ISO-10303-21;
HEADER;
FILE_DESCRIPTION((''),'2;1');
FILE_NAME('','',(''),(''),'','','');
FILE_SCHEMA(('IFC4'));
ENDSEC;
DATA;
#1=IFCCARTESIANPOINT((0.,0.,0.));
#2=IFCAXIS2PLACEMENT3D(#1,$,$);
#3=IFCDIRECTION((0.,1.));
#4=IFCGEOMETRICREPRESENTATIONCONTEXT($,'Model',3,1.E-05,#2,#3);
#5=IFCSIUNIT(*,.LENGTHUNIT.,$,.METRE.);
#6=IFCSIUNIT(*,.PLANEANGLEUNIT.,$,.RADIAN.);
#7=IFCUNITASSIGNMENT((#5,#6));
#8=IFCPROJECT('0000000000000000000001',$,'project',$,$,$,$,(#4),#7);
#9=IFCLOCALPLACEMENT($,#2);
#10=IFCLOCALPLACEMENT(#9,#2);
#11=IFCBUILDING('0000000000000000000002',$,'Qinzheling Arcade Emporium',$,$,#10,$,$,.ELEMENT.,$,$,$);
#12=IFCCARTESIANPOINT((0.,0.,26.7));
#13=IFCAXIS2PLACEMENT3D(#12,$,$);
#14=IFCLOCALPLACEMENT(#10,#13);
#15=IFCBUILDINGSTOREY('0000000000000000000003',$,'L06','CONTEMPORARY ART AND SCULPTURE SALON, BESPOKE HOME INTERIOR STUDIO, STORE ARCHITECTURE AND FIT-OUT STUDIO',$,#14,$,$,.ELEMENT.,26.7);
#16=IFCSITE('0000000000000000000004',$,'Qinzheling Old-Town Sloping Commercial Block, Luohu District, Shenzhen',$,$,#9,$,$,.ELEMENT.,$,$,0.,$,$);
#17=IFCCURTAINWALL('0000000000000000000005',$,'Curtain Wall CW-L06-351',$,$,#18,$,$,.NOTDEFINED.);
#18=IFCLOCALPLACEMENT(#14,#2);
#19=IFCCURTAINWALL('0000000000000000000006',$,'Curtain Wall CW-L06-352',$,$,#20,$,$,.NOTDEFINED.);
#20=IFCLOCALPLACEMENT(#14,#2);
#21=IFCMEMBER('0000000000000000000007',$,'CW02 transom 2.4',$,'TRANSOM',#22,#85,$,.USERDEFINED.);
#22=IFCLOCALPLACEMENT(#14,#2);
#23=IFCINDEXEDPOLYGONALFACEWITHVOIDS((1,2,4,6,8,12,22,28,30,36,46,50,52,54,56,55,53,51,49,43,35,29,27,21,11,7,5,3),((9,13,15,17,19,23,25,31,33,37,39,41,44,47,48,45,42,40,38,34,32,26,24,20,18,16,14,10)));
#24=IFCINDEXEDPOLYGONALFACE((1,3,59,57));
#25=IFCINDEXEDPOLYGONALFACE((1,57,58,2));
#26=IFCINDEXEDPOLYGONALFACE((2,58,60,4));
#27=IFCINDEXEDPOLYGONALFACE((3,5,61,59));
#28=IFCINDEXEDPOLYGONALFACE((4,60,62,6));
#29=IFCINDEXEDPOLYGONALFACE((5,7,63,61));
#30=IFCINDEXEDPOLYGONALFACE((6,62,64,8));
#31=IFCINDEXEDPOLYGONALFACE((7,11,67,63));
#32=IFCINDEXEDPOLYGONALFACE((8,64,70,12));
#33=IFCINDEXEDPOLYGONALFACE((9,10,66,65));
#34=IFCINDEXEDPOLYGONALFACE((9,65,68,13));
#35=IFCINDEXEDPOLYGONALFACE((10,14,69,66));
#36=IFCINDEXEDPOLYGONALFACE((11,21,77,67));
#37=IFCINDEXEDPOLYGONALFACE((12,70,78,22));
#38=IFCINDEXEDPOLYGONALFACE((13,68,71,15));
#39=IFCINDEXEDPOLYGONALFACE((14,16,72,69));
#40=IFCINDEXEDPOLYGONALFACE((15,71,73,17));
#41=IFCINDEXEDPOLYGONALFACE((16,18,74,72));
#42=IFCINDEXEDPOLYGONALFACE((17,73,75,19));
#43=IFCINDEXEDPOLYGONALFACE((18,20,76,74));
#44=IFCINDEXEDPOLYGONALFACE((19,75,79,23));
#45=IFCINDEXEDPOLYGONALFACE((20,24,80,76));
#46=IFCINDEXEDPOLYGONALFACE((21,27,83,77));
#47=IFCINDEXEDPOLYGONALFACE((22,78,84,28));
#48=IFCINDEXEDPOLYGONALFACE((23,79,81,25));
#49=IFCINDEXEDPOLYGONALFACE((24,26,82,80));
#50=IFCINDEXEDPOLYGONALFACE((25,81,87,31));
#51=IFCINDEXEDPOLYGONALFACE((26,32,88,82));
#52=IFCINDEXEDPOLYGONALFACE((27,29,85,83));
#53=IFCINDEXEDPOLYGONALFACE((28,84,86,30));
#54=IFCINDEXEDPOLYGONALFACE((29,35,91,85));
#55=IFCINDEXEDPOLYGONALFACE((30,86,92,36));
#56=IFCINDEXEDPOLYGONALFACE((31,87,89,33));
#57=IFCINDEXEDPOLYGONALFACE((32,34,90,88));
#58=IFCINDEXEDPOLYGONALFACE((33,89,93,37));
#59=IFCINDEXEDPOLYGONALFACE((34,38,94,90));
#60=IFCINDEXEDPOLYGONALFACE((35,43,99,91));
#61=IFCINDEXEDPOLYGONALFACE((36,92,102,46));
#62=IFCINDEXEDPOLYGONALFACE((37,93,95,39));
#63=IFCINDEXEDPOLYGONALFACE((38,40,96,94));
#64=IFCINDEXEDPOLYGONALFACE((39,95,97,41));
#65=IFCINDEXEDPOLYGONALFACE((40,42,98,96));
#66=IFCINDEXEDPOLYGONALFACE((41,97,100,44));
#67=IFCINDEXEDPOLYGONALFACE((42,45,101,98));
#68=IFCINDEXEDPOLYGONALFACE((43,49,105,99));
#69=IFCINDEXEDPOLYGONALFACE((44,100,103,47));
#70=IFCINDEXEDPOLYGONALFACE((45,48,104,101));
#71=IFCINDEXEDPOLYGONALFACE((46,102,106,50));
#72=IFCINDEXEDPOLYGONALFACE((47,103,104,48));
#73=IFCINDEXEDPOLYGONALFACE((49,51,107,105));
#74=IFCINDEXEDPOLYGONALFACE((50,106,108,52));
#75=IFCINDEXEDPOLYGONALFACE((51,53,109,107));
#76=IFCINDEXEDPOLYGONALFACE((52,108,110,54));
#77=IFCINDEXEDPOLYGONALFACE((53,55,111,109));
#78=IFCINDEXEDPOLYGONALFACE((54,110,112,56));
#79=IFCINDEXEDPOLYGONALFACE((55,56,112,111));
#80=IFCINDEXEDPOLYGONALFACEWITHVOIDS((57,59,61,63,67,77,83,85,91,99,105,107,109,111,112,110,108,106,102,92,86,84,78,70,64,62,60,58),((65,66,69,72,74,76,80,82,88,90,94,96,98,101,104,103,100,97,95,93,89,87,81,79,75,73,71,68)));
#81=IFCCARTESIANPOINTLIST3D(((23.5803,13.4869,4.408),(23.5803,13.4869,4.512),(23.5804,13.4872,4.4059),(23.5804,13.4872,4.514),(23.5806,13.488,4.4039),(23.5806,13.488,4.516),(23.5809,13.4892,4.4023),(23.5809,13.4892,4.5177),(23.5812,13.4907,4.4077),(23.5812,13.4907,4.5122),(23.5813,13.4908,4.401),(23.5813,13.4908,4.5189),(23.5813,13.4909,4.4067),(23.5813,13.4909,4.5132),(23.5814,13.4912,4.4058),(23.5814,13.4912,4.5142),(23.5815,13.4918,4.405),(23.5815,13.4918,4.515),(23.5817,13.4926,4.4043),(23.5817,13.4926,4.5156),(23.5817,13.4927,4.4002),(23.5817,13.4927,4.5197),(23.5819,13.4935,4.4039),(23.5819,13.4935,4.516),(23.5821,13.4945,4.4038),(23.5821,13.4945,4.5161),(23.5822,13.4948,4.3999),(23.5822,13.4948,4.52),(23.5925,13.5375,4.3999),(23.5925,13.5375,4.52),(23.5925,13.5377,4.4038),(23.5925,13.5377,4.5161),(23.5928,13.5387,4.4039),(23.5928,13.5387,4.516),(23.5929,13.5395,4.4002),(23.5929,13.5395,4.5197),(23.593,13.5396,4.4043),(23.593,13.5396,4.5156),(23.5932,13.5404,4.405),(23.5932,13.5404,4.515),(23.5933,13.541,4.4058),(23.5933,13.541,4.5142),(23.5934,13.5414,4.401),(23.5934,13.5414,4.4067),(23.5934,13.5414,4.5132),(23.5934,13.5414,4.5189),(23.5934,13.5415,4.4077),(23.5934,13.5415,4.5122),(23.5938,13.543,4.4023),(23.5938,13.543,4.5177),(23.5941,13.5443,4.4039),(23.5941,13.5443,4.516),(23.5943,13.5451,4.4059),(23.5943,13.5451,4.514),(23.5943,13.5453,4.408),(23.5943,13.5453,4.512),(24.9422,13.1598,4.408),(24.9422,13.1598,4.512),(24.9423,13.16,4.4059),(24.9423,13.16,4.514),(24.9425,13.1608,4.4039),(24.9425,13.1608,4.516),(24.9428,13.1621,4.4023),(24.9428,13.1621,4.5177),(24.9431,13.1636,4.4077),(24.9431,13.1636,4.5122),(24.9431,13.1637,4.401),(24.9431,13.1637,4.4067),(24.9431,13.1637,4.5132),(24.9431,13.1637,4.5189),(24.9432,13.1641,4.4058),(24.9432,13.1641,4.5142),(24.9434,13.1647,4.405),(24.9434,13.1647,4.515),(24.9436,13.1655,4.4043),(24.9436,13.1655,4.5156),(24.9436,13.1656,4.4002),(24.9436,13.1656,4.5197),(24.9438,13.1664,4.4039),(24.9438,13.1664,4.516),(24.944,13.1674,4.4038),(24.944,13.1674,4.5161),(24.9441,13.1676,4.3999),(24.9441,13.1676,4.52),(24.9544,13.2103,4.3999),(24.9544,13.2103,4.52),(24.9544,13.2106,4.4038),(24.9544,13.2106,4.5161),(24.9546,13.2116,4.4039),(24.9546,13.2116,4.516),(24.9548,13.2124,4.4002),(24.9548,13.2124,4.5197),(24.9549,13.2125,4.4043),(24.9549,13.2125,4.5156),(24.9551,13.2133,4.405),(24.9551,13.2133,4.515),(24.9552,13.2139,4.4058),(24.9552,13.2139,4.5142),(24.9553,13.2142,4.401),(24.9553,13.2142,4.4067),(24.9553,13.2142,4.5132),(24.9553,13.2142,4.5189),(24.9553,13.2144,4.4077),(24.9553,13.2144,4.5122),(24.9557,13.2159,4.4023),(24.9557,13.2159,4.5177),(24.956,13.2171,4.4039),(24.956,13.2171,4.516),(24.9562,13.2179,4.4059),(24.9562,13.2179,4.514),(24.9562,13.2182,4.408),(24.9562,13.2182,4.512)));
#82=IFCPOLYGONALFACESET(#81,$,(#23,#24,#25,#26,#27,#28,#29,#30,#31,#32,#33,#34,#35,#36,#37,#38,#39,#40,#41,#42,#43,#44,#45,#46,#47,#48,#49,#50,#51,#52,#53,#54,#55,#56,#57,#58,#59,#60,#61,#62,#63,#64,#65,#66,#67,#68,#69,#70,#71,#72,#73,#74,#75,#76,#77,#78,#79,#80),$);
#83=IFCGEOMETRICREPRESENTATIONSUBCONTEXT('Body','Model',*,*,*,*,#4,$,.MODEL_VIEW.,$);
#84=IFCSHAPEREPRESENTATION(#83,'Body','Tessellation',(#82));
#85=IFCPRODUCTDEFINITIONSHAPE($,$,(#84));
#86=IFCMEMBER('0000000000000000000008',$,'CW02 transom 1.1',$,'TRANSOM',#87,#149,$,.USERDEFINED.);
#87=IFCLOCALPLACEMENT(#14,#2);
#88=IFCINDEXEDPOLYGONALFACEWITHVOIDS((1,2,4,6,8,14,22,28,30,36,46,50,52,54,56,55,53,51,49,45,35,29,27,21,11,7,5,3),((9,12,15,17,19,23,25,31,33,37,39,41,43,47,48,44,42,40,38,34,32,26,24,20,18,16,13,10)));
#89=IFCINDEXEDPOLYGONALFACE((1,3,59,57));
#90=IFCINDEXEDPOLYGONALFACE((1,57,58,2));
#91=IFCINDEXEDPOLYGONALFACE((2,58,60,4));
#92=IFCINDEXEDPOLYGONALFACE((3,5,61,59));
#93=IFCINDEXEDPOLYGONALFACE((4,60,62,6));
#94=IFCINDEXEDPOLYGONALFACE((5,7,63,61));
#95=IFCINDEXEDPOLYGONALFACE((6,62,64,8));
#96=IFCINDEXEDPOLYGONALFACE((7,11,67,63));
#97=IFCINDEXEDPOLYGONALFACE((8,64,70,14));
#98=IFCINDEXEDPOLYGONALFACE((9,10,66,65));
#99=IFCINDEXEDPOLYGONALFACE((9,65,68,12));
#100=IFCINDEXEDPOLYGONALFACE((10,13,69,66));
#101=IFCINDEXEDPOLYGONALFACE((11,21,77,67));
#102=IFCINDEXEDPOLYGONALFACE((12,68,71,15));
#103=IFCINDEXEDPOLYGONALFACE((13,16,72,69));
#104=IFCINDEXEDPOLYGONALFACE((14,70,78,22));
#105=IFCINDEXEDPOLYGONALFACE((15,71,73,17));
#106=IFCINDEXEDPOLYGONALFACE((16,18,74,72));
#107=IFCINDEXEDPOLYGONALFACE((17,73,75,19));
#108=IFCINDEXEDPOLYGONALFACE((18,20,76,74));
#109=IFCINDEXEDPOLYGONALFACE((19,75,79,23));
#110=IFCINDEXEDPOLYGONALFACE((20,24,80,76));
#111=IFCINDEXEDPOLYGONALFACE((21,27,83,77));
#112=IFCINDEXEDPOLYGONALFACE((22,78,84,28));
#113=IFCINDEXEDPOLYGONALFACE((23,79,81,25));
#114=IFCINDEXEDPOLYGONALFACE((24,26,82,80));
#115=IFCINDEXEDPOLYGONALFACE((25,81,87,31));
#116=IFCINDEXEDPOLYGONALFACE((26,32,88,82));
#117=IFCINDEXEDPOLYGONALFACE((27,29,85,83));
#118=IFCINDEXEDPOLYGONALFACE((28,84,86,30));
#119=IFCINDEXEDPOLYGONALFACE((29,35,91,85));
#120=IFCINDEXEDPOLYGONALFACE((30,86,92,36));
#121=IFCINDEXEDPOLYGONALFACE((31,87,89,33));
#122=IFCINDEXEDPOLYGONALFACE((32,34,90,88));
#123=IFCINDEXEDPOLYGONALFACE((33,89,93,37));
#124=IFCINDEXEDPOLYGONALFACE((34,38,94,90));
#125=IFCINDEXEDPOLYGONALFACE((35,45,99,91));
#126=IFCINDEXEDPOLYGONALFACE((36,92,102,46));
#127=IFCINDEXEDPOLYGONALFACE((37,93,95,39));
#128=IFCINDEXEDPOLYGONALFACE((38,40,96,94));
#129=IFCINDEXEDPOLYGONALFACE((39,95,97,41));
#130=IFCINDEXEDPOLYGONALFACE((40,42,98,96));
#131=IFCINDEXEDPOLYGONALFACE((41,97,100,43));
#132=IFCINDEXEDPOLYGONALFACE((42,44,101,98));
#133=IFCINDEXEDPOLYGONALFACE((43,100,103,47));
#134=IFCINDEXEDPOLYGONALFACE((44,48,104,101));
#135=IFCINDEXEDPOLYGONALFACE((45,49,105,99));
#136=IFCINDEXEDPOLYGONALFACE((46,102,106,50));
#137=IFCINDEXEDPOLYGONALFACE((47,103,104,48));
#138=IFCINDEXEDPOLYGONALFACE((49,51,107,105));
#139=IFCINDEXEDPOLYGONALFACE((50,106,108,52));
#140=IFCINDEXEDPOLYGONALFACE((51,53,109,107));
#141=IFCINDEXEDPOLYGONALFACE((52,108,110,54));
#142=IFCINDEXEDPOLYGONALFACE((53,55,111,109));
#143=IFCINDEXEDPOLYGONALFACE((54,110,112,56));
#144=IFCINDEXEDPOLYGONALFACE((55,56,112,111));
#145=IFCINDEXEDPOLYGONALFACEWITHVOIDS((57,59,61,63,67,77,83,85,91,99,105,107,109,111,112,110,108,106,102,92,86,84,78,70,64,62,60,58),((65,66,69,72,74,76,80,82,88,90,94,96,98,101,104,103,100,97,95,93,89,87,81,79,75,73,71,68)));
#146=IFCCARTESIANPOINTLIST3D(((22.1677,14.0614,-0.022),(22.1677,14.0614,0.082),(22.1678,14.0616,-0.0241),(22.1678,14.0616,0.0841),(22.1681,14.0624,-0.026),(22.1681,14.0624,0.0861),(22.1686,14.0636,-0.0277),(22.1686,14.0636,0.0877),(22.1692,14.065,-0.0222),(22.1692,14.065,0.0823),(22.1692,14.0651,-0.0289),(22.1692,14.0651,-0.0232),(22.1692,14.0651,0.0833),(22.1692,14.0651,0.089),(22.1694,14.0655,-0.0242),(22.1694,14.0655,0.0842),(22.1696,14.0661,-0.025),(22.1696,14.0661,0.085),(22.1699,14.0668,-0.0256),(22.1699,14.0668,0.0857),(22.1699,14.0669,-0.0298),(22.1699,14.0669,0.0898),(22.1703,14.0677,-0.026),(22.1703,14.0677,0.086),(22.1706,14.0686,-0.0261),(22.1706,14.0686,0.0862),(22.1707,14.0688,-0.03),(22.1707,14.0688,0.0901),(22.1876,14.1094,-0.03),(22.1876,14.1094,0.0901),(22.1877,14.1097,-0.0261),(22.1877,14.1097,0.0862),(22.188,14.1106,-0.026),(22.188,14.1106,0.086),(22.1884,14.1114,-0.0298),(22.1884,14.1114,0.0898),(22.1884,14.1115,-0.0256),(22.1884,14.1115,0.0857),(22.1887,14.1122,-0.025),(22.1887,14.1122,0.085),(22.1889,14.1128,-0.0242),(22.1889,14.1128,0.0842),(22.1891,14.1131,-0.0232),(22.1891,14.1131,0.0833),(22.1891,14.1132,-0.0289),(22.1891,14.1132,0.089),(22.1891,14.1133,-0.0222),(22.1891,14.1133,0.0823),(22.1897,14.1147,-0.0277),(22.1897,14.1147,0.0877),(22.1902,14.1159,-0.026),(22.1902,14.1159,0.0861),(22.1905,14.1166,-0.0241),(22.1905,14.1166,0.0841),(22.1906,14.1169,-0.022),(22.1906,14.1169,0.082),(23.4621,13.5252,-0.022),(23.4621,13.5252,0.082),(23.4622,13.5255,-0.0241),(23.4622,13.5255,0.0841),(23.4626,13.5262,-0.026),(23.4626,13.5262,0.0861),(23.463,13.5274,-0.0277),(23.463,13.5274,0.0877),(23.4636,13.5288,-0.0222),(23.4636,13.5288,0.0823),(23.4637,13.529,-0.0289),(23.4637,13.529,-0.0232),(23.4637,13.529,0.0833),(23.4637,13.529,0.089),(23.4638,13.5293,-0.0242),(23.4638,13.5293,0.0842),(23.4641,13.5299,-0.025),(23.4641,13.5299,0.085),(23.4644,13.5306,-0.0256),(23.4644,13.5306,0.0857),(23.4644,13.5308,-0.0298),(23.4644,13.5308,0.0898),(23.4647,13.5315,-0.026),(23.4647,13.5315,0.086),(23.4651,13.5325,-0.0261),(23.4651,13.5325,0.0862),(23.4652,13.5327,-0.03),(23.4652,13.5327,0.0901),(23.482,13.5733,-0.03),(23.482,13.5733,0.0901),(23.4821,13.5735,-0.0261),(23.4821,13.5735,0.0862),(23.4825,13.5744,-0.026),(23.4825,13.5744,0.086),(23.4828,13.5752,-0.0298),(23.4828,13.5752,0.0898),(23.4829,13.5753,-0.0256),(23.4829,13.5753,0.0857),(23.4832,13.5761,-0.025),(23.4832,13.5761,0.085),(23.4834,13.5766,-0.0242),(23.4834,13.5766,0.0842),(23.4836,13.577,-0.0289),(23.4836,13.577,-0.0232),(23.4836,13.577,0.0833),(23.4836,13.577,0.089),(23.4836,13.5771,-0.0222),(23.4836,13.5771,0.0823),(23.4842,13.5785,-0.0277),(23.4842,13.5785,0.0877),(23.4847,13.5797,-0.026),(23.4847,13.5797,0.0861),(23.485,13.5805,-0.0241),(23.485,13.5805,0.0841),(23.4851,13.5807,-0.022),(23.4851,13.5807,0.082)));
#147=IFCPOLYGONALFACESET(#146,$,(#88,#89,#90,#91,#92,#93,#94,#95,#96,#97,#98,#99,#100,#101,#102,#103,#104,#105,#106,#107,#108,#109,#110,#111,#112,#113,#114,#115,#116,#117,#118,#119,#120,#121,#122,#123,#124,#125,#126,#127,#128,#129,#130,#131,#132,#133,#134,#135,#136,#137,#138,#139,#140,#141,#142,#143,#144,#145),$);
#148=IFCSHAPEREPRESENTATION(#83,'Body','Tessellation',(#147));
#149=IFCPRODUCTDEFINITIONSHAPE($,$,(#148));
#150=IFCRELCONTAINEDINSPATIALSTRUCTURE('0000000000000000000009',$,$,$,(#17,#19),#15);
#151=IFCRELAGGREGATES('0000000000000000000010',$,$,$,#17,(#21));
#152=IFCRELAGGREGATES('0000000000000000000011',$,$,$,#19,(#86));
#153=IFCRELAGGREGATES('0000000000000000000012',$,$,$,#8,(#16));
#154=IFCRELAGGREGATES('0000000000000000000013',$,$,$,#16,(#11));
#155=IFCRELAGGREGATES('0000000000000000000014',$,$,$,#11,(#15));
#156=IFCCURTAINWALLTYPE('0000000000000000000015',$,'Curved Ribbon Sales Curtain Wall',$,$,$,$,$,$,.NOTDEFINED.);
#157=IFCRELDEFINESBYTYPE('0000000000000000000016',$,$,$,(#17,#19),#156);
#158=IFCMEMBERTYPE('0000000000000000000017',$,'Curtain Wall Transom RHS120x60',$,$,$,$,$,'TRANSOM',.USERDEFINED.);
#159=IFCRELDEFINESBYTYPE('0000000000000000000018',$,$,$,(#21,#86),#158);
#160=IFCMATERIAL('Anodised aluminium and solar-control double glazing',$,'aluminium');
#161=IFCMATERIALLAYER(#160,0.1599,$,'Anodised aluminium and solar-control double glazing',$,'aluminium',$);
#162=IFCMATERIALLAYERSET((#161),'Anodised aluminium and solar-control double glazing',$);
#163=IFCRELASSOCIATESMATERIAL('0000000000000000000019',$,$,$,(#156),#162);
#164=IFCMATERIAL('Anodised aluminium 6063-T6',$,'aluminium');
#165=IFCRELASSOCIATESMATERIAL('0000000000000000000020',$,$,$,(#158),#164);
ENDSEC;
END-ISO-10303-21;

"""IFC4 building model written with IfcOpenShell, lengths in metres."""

from ifc_helpers import new_model, si_unit, direction, frame, origin, origin_2d, place, context, subcontext, project, spatial, hollow_rectangle, extrude, material, layer, layer_set, material_profile, profile_set, type_object, element, aggregate, save


model = new_model("IFC4")

# Units and contexts
model_context = context("Model", 3, precision=1e-05, world=origin(), true_north=direction((0.0, 1.0)))
body_context = subcontext(model_context, "Body", "Model", "MODEL_VIEW")
ifc_project = project(units=[si_unit("LENGTHUNIT", "METRE"), si_unit("PLANEANGLEUNIT", "RADIAN")], contexts=[model_context])

# Site, building, storey
site_placement = place(None, origin())
site = spatial("IfcSite", under=ifc_project, at=site_placement, Name="Qinzheling Old-Town Sloping Commercial Block, Luohu District, Shenzhen", CompositionType="ELEMENT", RefElevation=0.0)
building_placement = place(site_placement, origin())
building = spatial("IfcBuilding", under=site, at=building_placement, Name="Qinzheling Arcade Emporium", CompositionType="ELEMENT")
storey_placement = place(building_placement, frame((0.0, 0.0, 26.7)))
storey = spatial("IfcBuildingStorey", under=building, at=storey_placement, Name="L06", Description="CONTEMPORARY ART AND SCULPTURE SALON, BESPOKE HOME INTERIOR STUDIO, STORE ARCHITECTURE AND FIT-OUT STUDIO", CompositionType="ELEMENT", Elevation=26.7)

# Curtain wall
ifc_material_1 = material(Name="Anodised aluminium and solar-control double glazing", Category="aluminium")
ifc_layer_1 = layer(ifc_material_1, 0.1599, Name="Anodised aluminium and solar-control double glazing", Category="aluminium")
ifc_layer_set_1 = layer_set([ifc_layer_1], Name="Anodised aluminium and solar-control double glazing")
curtain_wall_type = type_object("IfcCurtainWallType", Name="Curved Ribbon Sales Curtain Wall", PredefinedType="NOTDEFINED", material=ifc_layer_set_1)
curtain_wall_1_placement = place(storey_placement, origin())
curtain_wall_1 = element("IfcCurtainWall", 1, at=curtain_wall_1_placement, inside=storey, type_object=curtain_wall_type, Name="Curtain Wall CW-L06-351", PredefinedType="NOTDEFINED")
ifc_material_2 = material(Name="Anodised aluminium 6063-T6", Category="aluminium")

# Curtain wall
curtain_wall_2_placement = place(storey_placement, origin())
curtain_wall_2 = element("IfcCurtainWall", 2, at=curtain_wall_2_placement, inside=storey, type_object=curtain_wall_type, Name="Curtain Wall CW-L06-352", PredefinedType="NOTDEFINED")

# Members
ifc_material_profile_1 = material_profile(ifc_material_2, hollow_rectangle(XDim=0.0601, YDim=0.1201, WallThickness=0.0039, InnerFilletRadius=0.0039, OuterFilletRadius=0.0081, at=origin_2d()), Name="RHS 120x60x4", Category="aluminium")
ifc_profile_set_1 = profile_set([ifc_material_profile_1], Name="Anodised aluminium 6063-T6")
member_type_1 = type_object("IfcMemberType", Name="Curtain Wall Transom RHS120x60", ElementType="TRANSOM", PredefinedType="USERDEFINED", material=ifc_profile_set_1)
member_1_placement = place(storey_placement, frame((24.9492, 13.189, 4.46), z_axis=(-0.972337, 0.233584, 0.0), x_axis=(-0.233584, -0.972337, 0.0)))
member_1 = element("IfcMember", 3, at=member_1_placement, type_object=member_type_1, Name="CW02 transom 2.4", ObjectType="TRANSOM", PredefinedType="USERDEFINED", context=body_context, shape_type="SweptSolid", body=[
    extrude(hollow_rectangle(XDim=0.0601, YDim=0.1201, WallThickness=0.0039, InnerFilletRadius=0.0039, OuterFilletRadius=0.0081, at=origin_2d()), origin(), (0.0, 0.0, 1.0), 1.4006),
])
member_2_placement = place(storey_placement, frame((23.4736, 13.553, 0.03), z_axis=(-0.923889, 0.38266, 0.0), x_axis=(-0.38266, -0.923889, 0.0)))
member_2 = element("IfcMember", 4, at=member_2_placement, type_object=member_type_1, Name="CW02 transom 1.1", ObjectType="TRANSOM", PredefinedType="USERDEFINED", context=body_context, shape_type="SweptSolid", body=[
    extrude(hollow_rectangle(XDim=0.0601, YDim=0.1201, WallThickness=0.0039, InnerFilletRadius=0.0039, OuterFilletRadius=0.0081, at=origin_2d()), origin(), (0.0, 0.0, 1.0), 1.4011),
])

aggregate(curtain_wall_1, [member_1])
aggregate(curtain_wall_2, [member_2])

save(model, "model.ifc")
